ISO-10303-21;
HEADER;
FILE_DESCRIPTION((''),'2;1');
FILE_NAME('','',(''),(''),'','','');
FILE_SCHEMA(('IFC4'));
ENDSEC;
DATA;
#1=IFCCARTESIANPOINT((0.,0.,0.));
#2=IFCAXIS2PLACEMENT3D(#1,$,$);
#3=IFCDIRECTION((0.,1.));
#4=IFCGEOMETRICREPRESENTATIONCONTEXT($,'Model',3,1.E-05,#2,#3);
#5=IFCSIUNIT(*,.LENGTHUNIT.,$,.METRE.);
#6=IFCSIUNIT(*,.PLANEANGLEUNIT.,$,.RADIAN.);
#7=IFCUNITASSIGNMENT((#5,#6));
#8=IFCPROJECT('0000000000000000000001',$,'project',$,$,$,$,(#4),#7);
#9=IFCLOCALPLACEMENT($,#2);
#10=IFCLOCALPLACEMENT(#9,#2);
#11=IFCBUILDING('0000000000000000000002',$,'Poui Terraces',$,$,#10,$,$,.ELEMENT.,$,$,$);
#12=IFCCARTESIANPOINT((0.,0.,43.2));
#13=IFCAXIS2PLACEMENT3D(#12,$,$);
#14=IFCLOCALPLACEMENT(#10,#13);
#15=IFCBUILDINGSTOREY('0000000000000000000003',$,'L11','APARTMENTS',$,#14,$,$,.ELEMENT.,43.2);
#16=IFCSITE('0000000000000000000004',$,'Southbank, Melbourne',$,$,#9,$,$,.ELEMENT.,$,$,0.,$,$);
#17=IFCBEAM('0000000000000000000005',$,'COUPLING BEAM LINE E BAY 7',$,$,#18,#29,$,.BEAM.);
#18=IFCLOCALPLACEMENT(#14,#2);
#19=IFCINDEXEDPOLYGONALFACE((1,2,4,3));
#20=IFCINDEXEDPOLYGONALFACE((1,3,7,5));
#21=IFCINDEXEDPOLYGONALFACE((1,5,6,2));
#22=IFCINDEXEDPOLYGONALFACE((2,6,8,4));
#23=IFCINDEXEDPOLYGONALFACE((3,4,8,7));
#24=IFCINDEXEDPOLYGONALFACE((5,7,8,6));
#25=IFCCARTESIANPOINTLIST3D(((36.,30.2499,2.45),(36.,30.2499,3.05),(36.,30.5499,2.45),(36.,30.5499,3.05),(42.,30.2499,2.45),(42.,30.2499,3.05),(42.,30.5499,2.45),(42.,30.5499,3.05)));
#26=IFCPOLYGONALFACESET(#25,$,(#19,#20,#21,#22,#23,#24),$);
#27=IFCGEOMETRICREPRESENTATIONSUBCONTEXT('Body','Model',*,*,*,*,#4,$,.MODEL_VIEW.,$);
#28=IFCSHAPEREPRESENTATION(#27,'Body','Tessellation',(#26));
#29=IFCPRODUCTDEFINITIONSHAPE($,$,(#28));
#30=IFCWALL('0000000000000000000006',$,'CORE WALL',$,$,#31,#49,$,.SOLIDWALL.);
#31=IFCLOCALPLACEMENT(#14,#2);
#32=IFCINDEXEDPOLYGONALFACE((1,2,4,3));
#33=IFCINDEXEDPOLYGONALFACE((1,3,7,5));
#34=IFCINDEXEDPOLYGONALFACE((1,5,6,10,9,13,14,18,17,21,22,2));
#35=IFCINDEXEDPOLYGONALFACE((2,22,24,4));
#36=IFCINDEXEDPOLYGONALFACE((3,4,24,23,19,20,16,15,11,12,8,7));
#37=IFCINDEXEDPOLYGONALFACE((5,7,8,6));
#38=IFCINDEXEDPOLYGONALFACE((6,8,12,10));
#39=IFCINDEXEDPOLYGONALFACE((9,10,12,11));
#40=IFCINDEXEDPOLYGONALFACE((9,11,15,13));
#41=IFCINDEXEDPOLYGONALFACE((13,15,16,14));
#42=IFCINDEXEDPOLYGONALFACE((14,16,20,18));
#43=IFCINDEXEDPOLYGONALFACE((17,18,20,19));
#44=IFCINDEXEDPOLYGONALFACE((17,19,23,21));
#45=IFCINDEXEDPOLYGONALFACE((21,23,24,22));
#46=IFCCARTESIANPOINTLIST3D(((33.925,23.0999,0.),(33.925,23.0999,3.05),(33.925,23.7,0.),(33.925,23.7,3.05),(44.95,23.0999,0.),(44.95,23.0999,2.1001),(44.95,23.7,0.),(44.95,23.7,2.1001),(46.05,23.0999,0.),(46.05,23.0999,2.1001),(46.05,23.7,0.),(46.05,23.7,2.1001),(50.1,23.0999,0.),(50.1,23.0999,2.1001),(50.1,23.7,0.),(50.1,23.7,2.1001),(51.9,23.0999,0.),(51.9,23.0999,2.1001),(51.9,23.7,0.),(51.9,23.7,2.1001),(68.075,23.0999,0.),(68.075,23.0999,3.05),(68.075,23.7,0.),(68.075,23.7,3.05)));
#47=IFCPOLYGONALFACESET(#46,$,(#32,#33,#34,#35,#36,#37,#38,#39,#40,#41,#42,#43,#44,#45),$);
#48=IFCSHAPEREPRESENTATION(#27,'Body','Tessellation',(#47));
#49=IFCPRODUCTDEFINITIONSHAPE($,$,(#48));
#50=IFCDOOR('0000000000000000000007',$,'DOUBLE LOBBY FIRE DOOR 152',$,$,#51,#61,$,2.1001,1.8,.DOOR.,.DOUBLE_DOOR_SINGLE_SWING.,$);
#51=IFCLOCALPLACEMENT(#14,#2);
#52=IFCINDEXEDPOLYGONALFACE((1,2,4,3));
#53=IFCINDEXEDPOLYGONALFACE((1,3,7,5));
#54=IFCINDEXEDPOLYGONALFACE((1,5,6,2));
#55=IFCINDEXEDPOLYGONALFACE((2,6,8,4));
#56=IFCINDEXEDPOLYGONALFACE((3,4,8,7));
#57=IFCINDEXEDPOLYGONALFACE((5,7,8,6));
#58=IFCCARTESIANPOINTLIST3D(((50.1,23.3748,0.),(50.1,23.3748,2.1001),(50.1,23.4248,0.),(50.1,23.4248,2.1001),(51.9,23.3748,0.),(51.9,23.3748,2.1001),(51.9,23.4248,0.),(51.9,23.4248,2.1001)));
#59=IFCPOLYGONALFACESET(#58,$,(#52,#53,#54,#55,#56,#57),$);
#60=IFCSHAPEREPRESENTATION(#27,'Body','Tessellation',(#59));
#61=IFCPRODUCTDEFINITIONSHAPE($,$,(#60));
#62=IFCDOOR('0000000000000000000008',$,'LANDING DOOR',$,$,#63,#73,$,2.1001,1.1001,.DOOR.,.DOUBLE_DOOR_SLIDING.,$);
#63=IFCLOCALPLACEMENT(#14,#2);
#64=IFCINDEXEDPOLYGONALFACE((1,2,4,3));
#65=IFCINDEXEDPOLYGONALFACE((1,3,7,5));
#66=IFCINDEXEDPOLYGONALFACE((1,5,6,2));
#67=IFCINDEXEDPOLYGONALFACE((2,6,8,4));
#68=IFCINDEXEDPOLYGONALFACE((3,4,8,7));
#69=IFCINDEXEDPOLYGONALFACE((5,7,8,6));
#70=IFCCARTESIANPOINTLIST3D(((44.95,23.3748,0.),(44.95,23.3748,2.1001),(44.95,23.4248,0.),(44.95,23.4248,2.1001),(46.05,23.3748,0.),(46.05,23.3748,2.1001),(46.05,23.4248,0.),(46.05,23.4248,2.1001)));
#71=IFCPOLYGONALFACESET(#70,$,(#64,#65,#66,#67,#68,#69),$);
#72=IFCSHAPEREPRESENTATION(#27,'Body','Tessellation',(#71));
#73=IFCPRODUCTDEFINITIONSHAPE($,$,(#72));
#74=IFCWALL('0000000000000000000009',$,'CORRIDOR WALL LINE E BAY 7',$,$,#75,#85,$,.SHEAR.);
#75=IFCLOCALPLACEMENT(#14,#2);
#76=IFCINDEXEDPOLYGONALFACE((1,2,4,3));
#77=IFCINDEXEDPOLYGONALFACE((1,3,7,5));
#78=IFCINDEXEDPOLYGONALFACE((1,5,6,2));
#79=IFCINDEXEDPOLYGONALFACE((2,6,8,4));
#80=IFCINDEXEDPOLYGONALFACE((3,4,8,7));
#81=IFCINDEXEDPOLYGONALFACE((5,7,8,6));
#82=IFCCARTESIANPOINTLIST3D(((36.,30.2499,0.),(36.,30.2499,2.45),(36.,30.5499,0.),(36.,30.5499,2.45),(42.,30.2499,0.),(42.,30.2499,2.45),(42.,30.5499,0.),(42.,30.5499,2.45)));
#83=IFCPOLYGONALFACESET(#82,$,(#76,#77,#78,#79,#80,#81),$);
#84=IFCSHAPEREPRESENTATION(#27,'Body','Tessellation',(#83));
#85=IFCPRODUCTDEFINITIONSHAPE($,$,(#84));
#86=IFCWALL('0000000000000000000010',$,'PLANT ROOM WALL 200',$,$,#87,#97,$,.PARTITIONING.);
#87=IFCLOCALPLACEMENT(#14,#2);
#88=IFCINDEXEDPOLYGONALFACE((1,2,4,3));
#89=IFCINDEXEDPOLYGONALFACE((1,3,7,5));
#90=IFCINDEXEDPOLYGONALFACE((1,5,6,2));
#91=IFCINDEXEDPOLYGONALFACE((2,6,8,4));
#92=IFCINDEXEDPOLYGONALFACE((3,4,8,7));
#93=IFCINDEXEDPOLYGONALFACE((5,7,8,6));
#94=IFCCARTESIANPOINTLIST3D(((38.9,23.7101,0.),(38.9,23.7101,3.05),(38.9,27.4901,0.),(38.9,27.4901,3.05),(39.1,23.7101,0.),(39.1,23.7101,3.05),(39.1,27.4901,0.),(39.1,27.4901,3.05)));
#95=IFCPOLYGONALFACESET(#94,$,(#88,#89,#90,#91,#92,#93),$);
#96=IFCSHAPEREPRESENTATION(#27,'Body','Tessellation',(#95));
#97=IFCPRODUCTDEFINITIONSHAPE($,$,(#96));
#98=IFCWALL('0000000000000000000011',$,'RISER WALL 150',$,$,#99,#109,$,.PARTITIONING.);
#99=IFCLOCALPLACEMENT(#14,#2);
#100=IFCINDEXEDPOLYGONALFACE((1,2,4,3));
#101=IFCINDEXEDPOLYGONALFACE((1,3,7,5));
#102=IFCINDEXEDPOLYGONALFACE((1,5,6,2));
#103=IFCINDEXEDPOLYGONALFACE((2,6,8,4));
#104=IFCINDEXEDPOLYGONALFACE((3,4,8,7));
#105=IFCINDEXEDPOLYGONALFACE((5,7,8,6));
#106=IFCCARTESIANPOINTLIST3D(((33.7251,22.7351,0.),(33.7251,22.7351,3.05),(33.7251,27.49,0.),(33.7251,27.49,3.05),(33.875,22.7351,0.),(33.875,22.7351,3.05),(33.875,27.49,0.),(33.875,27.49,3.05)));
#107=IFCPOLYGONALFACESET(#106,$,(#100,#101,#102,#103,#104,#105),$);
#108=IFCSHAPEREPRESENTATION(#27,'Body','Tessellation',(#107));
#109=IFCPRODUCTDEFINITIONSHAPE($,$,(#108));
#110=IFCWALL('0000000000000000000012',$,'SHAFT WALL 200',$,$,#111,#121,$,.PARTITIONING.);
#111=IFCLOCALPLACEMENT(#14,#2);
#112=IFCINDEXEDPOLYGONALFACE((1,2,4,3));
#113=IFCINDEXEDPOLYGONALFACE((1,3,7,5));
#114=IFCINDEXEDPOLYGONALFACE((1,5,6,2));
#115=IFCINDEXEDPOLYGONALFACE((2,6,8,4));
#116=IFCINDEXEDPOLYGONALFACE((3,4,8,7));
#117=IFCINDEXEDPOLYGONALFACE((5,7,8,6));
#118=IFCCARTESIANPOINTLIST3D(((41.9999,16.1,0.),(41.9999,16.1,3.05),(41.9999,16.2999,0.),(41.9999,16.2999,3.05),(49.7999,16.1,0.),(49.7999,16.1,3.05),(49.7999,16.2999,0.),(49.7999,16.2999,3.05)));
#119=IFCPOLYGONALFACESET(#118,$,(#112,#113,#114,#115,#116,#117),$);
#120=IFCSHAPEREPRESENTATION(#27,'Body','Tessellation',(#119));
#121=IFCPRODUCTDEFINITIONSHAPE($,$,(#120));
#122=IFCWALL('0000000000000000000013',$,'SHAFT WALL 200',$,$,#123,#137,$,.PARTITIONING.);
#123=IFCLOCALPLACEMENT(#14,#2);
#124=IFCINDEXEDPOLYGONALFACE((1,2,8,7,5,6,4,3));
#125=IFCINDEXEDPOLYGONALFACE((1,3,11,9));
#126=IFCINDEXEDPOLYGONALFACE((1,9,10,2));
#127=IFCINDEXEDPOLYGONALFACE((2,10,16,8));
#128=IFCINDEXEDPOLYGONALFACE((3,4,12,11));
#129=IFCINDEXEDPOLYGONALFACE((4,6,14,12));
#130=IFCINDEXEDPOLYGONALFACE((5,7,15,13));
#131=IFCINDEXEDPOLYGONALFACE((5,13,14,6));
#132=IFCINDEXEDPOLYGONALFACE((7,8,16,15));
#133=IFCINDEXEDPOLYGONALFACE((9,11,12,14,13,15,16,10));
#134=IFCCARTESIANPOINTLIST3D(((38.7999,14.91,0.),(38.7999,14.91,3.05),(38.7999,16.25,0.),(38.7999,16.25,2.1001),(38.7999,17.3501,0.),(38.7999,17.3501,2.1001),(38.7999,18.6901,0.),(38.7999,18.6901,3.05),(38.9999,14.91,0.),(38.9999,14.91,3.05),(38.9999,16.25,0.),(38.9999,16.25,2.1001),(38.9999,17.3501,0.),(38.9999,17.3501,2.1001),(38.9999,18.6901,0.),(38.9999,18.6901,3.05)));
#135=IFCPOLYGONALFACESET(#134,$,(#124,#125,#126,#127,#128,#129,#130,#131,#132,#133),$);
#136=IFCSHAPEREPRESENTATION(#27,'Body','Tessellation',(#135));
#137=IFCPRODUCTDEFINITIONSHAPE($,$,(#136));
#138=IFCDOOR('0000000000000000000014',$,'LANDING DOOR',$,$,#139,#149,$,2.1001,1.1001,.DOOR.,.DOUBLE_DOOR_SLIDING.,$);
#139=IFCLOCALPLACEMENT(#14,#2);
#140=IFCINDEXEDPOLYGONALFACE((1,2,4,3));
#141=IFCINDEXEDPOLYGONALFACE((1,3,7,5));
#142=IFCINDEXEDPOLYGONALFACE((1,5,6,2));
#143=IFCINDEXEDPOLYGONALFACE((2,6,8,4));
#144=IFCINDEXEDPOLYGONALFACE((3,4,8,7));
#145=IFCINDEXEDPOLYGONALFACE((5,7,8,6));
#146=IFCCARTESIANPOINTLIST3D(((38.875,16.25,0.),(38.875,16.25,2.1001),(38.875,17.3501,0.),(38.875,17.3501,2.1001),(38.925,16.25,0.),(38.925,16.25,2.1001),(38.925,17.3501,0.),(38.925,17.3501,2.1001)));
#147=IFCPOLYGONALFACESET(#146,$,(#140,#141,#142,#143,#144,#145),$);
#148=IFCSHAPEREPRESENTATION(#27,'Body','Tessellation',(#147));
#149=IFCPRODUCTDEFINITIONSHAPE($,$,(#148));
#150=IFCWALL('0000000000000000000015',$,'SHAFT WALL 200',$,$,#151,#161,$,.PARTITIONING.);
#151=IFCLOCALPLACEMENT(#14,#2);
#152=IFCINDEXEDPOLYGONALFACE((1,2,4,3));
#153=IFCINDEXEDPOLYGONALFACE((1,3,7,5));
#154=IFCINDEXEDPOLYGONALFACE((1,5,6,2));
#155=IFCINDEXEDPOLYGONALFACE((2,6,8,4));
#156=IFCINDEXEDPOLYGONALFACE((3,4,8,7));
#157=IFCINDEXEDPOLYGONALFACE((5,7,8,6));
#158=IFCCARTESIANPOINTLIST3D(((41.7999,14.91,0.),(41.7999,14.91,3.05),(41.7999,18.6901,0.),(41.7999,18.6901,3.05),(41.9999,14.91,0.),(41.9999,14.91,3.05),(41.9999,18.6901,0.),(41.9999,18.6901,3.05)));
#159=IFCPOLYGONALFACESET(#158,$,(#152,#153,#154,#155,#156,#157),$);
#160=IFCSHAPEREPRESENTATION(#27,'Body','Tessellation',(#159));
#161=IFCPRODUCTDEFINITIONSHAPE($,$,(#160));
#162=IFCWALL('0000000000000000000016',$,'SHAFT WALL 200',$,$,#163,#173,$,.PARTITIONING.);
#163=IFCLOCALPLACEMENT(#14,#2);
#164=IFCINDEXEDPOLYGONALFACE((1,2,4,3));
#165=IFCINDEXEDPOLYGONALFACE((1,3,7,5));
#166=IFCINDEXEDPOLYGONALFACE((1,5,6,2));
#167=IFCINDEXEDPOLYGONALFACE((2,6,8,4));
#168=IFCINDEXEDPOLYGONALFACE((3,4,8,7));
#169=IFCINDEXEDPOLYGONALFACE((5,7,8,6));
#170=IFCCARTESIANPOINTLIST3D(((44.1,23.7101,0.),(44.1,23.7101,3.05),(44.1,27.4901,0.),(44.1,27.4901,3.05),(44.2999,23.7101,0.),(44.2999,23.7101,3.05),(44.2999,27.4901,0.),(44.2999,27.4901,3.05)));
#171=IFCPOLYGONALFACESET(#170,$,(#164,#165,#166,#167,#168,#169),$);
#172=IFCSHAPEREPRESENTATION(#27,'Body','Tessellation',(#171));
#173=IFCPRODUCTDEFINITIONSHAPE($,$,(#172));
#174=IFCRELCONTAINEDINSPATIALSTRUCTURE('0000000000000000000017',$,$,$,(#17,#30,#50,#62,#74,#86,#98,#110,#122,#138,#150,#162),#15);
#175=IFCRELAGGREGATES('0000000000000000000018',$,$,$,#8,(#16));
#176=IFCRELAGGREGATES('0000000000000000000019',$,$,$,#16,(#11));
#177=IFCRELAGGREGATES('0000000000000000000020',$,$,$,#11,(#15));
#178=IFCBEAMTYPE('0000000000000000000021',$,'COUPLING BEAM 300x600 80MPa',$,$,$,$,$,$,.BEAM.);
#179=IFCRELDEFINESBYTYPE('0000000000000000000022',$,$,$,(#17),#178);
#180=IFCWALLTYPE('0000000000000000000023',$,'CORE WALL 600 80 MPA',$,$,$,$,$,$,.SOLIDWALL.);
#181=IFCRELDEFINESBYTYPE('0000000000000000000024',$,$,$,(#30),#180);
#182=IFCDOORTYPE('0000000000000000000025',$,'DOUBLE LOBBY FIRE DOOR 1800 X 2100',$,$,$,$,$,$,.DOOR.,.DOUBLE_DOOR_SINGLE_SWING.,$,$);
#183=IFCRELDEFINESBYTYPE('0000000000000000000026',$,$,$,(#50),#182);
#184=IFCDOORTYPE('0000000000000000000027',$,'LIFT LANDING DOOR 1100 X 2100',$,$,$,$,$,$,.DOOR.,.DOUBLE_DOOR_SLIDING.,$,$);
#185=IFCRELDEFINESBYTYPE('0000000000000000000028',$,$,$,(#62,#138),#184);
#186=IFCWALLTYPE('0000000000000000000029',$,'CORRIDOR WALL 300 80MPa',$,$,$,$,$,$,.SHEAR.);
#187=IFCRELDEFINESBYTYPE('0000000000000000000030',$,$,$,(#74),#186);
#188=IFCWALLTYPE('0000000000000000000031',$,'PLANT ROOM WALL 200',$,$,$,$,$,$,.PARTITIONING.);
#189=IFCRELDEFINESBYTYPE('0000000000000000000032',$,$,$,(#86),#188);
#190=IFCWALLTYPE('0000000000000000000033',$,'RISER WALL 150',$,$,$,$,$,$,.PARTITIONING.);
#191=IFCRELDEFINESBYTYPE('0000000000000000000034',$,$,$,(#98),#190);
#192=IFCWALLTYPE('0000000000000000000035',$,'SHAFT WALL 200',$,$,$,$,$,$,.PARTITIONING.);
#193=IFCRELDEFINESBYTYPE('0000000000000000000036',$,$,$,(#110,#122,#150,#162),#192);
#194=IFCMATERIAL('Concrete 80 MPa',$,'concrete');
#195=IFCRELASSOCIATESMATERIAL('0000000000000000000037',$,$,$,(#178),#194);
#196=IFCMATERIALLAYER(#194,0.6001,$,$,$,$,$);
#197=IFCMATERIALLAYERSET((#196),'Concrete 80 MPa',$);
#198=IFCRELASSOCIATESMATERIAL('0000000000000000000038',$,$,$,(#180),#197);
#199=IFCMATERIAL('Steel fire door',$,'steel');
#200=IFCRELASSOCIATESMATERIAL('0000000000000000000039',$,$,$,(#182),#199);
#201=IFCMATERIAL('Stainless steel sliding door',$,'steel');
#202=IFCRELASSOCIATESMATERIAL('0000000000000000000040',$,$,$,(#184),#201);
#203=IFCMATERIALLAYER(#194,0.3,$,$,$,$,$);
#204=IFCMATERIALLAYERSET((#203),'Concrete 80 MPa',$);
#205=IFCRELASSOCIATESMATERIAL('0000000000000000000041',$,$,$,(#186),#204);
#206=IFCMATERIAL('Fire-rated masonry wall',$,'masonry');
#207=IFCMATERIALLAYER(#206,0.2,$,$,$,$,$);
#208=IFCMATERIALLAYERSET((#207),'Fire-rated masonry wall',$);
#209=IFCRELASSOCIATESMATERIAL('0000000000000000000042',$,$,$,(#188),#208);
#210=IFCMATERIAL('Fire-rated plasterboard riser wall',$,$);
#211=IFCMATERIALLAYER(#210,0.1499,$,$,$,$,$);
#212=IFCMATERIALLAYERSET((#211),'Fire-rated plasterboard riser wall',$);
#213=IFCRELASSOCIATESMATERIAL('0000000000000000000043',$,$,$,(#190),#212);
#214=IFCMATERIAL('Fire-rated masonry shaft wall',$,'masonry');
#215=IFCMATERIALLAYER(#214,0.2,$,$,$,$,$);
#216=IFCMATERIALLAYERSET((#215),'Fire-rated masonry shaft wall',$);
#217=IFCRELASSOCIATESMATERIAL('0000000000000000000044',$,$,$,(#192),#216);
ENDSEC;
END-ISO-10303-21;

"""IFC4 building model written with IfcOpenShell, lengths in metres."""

from ifc_helpers import new_model, si_unit, direction, frame, frame_2d, origin, origin_2d, place, context, subcontext, project, spatial, rectangle, extrude, source, transform, mapped, material, layer, layer_set, material_profile, profile_set, type_object, element, fill, save


model = new_model("IFC4")

# Units and contexts
model_context = context("Model", 3, precision=1e-05, world=origin(), true_north=direction((0.0, 1.0)))
body_context = subcontext(model_context, "Body", "Model", "MODEL_VIEW")
ifc_project = project(units=[si_unit("LENGTHUNIT", "METRE"), si_unit("PLANEANGLEUNIT", "RADIAN")], contexts=[model_context])

# Site, building, storey
site_placement = place(None, origin())
site = spatial("IfcSite", under=ifc_project, at=site_placement, Name="Southbank, Melbourne", CompositionType="ELEMENT", RefElevation=0.0)
building_placement = place(site_placement, origin())
building = spatial("IfcBuilding", under=site, at=building_placement, Name="Poui Terraces", CompositionType="ELEMENT")
storey_placement = place(building_placement, frame((0.0, 0.0, 43.2)))
storey = spatial("IfcBuildingStorey", under=building, at=storey_placement, Name="L11", Description="APARTMENTS", CompositionType="ELEMENT", Elevation=43.2)

# Beam
ifc_material_1 = material(Name="Concrete 80 MPa", Category="concrete")
ifc_material_profile = material_profile(ifc_material_1, rectangle(XDim=0.3, YDim=0.6001, at=origin_2d()), Name="RC 300x600")
ifc_profile_set = profile_set([ifc_material_profile], Name="Concrete 80 MPa")
beam_type = type_object("IfcBeamType", Name="COUPLING BEAM 300x600 80MPa", PredefinedType="BEAM", material=ifc_profile_set)
shared_shape = source(origin(), body_context, "Body", "SweptSolid", [
    extrude(rectangle(XDim=0.3, YDim=0.6001, at=origin_2d()), origin(), (0.0, 0.0, 1.0), 6.0),
])
beam_placement = place(storey_placement, frame((36.0, 30.3999, 2.75), z_axis=(1.0, 0.0, 0.0), x_axis=(0.0, 1.0, 0.0)))
element("IfcBeam", 1, at=beam_placement, inside=storey, type_object=beam_type, Name="COUPLING BEAM LINE E BAY 7", PredefinedType="BEAM", context=body_context, shape_type="MappedRepresentation", body=[
    mapped(shared_shape, transform((0.0, 0.0, 0.0))),
])

# Wall, openings, doors
ifc_layer_1 = layer(ifc_material_1, 0.6001)
ifc_layer_set_1 = layer_set([ifc_layer_1], Name="Concrete 80 MPa")
wall_type_1 = type_object("IfcWallType", Name="CORE WALL 600 80 MPA", PredefinedType="SOLIDWALL", material=ifc_layer_set_1)
ifc_material_2 = material(Name="Steel fire door", Category="steel")
door_type_1 = type_object("IfcDoorType", Name="DOUBLE LOBBY FIRE DOOR 1800 X 2100", OperationType="DOUBLE_DOOR_SINGLE_SWING", PredefinedType="DOOR", material=ifc_material_2)
ifc_material_3 = material(Name="Stainless steel sliding door", Category="steel")
door_type_2 = type_object("IfcDoorType", Name="LIFT LANDING DOOR 1100 X 2100", OperationType="DOUBLE_DOOR_SLIDING", PredefinedType="DOOR", material=ifc_material_3)
wall_1_placement = place(storey_placement, frame((33.925, 23.3999, 0.0), z_axis=(0.0, 0.0, 1.0), x_axis=(1.0, 0.0, 0.0)))
wall_1 = element("IfcWall", 2, at=wall_1_placement, inside=storey, type_object=wall_type_1, Name="CORE WALL", PredefinedType="SOLIDWALL", context=body_context, shape_type="SweptSolid", body=[
    extrude(rectangle(XDim=34.1499, YDim=0.6001, at=frame_2d((17.075, 0.0))), origin(), (0.0, 0.0, 1.0), 3.05),
])
opening_1_placement = place(wall_1_placement, frame((16.175, 0.0, 0.0)))
opening_1 = element("IfcOpeningElement", 3, at=opening_1_placement, cuts=wall_1, PredefinedType="OPENING", context=body_context, shape_type="SweptSolid", body=[
    extrude(rectangle(XDim=1.8, YDim=2.1001, at=frame_2d((0.8999, 1.05))), frame((0.0, 0.3101, 0.0), z_axis=(0.0, -1.0, 0.0), x_axis=(1.0, 0.0, 0.0)), (0.0, 0.0, 1.0), 0.6201),
])
opening_2_placement = place(wall_1_placement, frame((11.0249, 0.0, 0.0)))
opening_2 = element("IfcOpeningElement", 4, at=opening_2_placement, cuts=wall_1, PredefinedType="OPENING", context=body_context, shape_type="SweptSolid", body=[
    extrude(rectangle(XDim=1.1001, YDim=2.1001, at=frame_2d((0.55, 1.05))), frame((0.0, 0.3101, 0.0), z_axis=(0.0, -1.0, 0.0), x_axis=(1.0, 0.0, 0.0)), (0.0, 0.0, 1.0), 0.6201),
])
door_1_placement = place(opening_1_placement, origin())
door_1 = element("IfcDoor", 5, at=door_1_placement, inside=storey, type_object=door_type_1, Name="DOUBLE LOBBY FIRE DOOR 152", OperationType="DOUBLE_DOOR_SINGLE_SWING", OverallHeight=2.1001, OverallWidth=1.8, PredefinedType="DOOR", context=body_context, shape_type="SweptSolid", body=[
    extrude(rectangle(XDim=1.8, YDim=2.1001, at=frame_2d((0.8999, 1.05))), frame((0.0, 0.0249, 0.0), z_axis=(0.0, -1.0, 0.0), x_axis=(1.0, 0.0, 0.0)), (0.0, 0.0, 1.0), 0.05),
])
fill(opening_1, door_1)
door_2_placement = place(opening_2_placement, origin())
door_2 = element("IfcDoor", 6, at=door_2_placement, inside=storey, type_object=door_type_2, Name="LANDING DOOR", OperationType="DOUBLE_DOOR_SLIDING", OverallHeight=2.1001, OverallWidth=1.1001, PredefinedType="DOOR", context=body_context, shape_type="SweptSolid", body=[
    extrude(rectangle(XDim=1.1001, YDim=2.1001, at=frame_2d((0.55, 1.05))), frame((0.0, 0.0249, 0.0), z_axis=(0.0, -1.0, 0.0), x_axis=(1.0, 0.0, 0.0)), (0.0, 0.0, 1.0), 0.05),
])
fill(opening_2, door_2)

# Walls
ifc_layer_2 = layer(ifc_material_1, 0.3)
ifc_layer_set_2 = layer_set([ifc_layer_2], Name="Concrete 80 MPa")
wall_type_2 = type_object("IfcWallType", Name="CORRIDOR WALL 300 80MPa", PredefinedType="SHEAR", material=ifc_layer_set_2)
wall_2_placement = place(storey_placement, frame((36.0, 30.3999, 0.0), z_axis=(0.0, 0.0, 1.0), x_axis=(1.0, 0.0, 0.0)))
element("IfcWall", 7, at=wall_2_placement, inside=storey, type_object=wall_type_2, Name="CORRIDOR WALL LINE E BAY 7", PredefinedType="SHEAR", context=body_context, shape_type="SweptSolid", body=[
    extrude(rectangle(XDim=6.0, YDim=0.3, at=frame_2d((3.0, 0.0))), origin(), (0.0, 0.0, 1.0), 2.45),
])
ifc_material_4 = material(Name="Fire-rated masonry wall", Category="masonry")
ifc_layer_3 = layer(ifc_material_4, 0.2)
ifc_layer_set_3 = layer_set([ifc_layer_3], Name="Fire-rated masonry wall")
wall_type_3 = type_object("IfcWallType", Name="PLANT ROOM WALL 200", PredefinedType="PARTITIONING", material=ifc_layer_set_3)
wall_3_placement = place(storey_placement, frame((39.0, 23.71, 0.0), z_axis=(0.0, 0.0, 1.0), x_axis=(0.0, 1.0, 0.0)))
element("IfcWall", 8, at=wall_3_placement, inside=storey, type_object=wall_type_3, Name="PLANT ROOM WALL 200", PredefinedType="PARTITIONING", context=body_context, shape_type="SweptSolid", body=[
    extrude(rectangle(XDim=3.78, YDim=0.2, at=frame_2d((1.8901, 0.0))), origin(), (0.0, 0.0, 1.0), 3.05),
])
ifc_material_5 = material(Name="Fire-rated plasterboard riser wall")
ifc_layer_4 = layer(ifc_material_5, 0.1499)
ifc_layer_set_4 = layer_set([ifc_layer_4], Name="Fire-rated plasterboard riser wall")
wall_type_4 = type_object("IfcWallType", Name="RISER WALL 150", PredefinedType="PARTITIONING", material=ifc_layer_set_4)
wall_4_placement = place(storey_placement, frame((33.8, 22.7351, 0.0), z_axis=(0.0, 0.0, 1.0), x_axis=(0.0, 1.0, 0.0)))
element("IfcWall", 9, at=wall_4_placement, inside=storey, type_object=wall_type_4, Name="RISER WALL 150", PredefinedType="PARTITIONING", context=body_context, shape_type="SweptSolid", body=[
    extrude(rectangle(XDim=4.7549, YDim=0.1499, at=frame_2d((2.3774, 0.0))), origin(), (0.0, 0.0, 1.0), 3.05),
])
ifc_material_6 = material(Name="Fire-rated masonry shaft wall", Category="masonry")
ifc_layer_5 = layer(ifc_material_6, 0.2)
ifc_layer_set_5 = layer_set([ifc_layer_5], Name="Fire-rated masonry shaft wall")
wall_type_5 = type_object("IfcWallType", Name="SHAFT WALL 200", PredefinedType="PARTITIONING", material=ifc_layer_set_5)
wall_5_placement = place(storey_placement, frame((42.0, 16.2, 0.0), z_axis=(0.0, 0.0, 1.0), x_axis=(1.0, 0.0, 0.0)))
element("IfcWall", 10, at=wall_5_placement, inside=storey, type_object=wall_type_5, Name="SHAFT WALL 200", PredefinedType="PARTITIONING", context=body_context, shape_type="SweptSolid", body=[
    extrude(rectangle(XDim=7.8, YDim=0.2, at=frame_2d((3.8999, 0.0))), origin(), (0.0, 0.0, 1.0), 3.05),
])

# Wall, opening, door
wall_6_placement = place(storey_placement, frame((38.8999, 14.9099, 0.0), z_axis=(0.0, 0.0, 1.0), x_axis=(0.0, 1.0, 0.0)))
wall_6 = element("IfcWall", 11, at=wall_6_placement, inside=storey, type_object=wall_type_5, Name="SHAFT WALL 200", PredefinedType="PARTITIONING", context=body_context, shape_type="SweptSolid", body=[
    extrude(rectangle(XDim=3.78, YDim=0.2, at=frame_2d((1.8901, 0.0))), origin(), (0.0, 0.0, 1.0), 3.05),
])
opening_3_placement = place(wall_6_placement, frame((1.3401, 0.0, 0.0)))
opening_3 = element("IfcOpeningElement", 12, at=opening_3_placement, cuts=wall_6, PredefinedType="OPENING", context=body_context, shape_type="SweptSolid", body=[
    extrude(rectangle(XDim=1.1001, YDim=2.1001, at=frame_2d((0.55, 1.05))), frame((0.0, 0.1099, 0.0), z_axis=(0.0, -1.0, 0.0), x_axis=(1.0, 0.0, 0.0)), (0.0, 0.0, 1.0), 0.22),
])
door_3_placement = place(opening_3_placement, origin())
door_3 = element("IfcDoor", 13, at=door_3_placement, inside=storey, type_object=door_type_2, Name="LANDING DOOR", OperationType="DOUBLE_DOOR_SLIDING", OverallHeight=2.1001, OverallWidth=1.1001, PredefinedType="DOOR", context=body_context, shape_type="SweptSolid", body=[
    extrude(rectangle(XDim=1.1001, YDim=2.1001, at=frame_2d((0.55, 1.05))), frame((0.0, 0.0249, 0.0), z_axis=(0.0, -1.0, 0.0), x_axis=(1.0, 0.0, 0.0)), (0.0, 0.0, 1.0), 0.05),
])
fill(opening_3, door_3)

# Walls
for number, where, z_axis, x_axis, name in (
    (14, (41.8999, 14.9099, 0.0), (0.0, 0.0, 1.0), (0.0, 1.0, 0.0), "SHAFT WALL 200"),
    (15, (44.2, 23.71, 0.0), (0.0, 0.0, 1.0), (0.0, 1.0, 0.0), "SHAFT WALL 200"),
):
    element("IfcWall", number, at=place(storey_placement, frame(where, z_axis=z_axis, x_axis=x_axis)), inside=storey, type_object=wall_type_5, Name=name, PredefinedType="PARTITIONING", context=body_context, shape_type="SweptSolid", body=[
        extrude(rectangle(XDim=3.78, YDim=0.2, at=frame_2d((1.8901, 0.0))), origin(), (0.0, 0.0, 1.0), 3.05),
    ])

save(model, "model.ifc")
